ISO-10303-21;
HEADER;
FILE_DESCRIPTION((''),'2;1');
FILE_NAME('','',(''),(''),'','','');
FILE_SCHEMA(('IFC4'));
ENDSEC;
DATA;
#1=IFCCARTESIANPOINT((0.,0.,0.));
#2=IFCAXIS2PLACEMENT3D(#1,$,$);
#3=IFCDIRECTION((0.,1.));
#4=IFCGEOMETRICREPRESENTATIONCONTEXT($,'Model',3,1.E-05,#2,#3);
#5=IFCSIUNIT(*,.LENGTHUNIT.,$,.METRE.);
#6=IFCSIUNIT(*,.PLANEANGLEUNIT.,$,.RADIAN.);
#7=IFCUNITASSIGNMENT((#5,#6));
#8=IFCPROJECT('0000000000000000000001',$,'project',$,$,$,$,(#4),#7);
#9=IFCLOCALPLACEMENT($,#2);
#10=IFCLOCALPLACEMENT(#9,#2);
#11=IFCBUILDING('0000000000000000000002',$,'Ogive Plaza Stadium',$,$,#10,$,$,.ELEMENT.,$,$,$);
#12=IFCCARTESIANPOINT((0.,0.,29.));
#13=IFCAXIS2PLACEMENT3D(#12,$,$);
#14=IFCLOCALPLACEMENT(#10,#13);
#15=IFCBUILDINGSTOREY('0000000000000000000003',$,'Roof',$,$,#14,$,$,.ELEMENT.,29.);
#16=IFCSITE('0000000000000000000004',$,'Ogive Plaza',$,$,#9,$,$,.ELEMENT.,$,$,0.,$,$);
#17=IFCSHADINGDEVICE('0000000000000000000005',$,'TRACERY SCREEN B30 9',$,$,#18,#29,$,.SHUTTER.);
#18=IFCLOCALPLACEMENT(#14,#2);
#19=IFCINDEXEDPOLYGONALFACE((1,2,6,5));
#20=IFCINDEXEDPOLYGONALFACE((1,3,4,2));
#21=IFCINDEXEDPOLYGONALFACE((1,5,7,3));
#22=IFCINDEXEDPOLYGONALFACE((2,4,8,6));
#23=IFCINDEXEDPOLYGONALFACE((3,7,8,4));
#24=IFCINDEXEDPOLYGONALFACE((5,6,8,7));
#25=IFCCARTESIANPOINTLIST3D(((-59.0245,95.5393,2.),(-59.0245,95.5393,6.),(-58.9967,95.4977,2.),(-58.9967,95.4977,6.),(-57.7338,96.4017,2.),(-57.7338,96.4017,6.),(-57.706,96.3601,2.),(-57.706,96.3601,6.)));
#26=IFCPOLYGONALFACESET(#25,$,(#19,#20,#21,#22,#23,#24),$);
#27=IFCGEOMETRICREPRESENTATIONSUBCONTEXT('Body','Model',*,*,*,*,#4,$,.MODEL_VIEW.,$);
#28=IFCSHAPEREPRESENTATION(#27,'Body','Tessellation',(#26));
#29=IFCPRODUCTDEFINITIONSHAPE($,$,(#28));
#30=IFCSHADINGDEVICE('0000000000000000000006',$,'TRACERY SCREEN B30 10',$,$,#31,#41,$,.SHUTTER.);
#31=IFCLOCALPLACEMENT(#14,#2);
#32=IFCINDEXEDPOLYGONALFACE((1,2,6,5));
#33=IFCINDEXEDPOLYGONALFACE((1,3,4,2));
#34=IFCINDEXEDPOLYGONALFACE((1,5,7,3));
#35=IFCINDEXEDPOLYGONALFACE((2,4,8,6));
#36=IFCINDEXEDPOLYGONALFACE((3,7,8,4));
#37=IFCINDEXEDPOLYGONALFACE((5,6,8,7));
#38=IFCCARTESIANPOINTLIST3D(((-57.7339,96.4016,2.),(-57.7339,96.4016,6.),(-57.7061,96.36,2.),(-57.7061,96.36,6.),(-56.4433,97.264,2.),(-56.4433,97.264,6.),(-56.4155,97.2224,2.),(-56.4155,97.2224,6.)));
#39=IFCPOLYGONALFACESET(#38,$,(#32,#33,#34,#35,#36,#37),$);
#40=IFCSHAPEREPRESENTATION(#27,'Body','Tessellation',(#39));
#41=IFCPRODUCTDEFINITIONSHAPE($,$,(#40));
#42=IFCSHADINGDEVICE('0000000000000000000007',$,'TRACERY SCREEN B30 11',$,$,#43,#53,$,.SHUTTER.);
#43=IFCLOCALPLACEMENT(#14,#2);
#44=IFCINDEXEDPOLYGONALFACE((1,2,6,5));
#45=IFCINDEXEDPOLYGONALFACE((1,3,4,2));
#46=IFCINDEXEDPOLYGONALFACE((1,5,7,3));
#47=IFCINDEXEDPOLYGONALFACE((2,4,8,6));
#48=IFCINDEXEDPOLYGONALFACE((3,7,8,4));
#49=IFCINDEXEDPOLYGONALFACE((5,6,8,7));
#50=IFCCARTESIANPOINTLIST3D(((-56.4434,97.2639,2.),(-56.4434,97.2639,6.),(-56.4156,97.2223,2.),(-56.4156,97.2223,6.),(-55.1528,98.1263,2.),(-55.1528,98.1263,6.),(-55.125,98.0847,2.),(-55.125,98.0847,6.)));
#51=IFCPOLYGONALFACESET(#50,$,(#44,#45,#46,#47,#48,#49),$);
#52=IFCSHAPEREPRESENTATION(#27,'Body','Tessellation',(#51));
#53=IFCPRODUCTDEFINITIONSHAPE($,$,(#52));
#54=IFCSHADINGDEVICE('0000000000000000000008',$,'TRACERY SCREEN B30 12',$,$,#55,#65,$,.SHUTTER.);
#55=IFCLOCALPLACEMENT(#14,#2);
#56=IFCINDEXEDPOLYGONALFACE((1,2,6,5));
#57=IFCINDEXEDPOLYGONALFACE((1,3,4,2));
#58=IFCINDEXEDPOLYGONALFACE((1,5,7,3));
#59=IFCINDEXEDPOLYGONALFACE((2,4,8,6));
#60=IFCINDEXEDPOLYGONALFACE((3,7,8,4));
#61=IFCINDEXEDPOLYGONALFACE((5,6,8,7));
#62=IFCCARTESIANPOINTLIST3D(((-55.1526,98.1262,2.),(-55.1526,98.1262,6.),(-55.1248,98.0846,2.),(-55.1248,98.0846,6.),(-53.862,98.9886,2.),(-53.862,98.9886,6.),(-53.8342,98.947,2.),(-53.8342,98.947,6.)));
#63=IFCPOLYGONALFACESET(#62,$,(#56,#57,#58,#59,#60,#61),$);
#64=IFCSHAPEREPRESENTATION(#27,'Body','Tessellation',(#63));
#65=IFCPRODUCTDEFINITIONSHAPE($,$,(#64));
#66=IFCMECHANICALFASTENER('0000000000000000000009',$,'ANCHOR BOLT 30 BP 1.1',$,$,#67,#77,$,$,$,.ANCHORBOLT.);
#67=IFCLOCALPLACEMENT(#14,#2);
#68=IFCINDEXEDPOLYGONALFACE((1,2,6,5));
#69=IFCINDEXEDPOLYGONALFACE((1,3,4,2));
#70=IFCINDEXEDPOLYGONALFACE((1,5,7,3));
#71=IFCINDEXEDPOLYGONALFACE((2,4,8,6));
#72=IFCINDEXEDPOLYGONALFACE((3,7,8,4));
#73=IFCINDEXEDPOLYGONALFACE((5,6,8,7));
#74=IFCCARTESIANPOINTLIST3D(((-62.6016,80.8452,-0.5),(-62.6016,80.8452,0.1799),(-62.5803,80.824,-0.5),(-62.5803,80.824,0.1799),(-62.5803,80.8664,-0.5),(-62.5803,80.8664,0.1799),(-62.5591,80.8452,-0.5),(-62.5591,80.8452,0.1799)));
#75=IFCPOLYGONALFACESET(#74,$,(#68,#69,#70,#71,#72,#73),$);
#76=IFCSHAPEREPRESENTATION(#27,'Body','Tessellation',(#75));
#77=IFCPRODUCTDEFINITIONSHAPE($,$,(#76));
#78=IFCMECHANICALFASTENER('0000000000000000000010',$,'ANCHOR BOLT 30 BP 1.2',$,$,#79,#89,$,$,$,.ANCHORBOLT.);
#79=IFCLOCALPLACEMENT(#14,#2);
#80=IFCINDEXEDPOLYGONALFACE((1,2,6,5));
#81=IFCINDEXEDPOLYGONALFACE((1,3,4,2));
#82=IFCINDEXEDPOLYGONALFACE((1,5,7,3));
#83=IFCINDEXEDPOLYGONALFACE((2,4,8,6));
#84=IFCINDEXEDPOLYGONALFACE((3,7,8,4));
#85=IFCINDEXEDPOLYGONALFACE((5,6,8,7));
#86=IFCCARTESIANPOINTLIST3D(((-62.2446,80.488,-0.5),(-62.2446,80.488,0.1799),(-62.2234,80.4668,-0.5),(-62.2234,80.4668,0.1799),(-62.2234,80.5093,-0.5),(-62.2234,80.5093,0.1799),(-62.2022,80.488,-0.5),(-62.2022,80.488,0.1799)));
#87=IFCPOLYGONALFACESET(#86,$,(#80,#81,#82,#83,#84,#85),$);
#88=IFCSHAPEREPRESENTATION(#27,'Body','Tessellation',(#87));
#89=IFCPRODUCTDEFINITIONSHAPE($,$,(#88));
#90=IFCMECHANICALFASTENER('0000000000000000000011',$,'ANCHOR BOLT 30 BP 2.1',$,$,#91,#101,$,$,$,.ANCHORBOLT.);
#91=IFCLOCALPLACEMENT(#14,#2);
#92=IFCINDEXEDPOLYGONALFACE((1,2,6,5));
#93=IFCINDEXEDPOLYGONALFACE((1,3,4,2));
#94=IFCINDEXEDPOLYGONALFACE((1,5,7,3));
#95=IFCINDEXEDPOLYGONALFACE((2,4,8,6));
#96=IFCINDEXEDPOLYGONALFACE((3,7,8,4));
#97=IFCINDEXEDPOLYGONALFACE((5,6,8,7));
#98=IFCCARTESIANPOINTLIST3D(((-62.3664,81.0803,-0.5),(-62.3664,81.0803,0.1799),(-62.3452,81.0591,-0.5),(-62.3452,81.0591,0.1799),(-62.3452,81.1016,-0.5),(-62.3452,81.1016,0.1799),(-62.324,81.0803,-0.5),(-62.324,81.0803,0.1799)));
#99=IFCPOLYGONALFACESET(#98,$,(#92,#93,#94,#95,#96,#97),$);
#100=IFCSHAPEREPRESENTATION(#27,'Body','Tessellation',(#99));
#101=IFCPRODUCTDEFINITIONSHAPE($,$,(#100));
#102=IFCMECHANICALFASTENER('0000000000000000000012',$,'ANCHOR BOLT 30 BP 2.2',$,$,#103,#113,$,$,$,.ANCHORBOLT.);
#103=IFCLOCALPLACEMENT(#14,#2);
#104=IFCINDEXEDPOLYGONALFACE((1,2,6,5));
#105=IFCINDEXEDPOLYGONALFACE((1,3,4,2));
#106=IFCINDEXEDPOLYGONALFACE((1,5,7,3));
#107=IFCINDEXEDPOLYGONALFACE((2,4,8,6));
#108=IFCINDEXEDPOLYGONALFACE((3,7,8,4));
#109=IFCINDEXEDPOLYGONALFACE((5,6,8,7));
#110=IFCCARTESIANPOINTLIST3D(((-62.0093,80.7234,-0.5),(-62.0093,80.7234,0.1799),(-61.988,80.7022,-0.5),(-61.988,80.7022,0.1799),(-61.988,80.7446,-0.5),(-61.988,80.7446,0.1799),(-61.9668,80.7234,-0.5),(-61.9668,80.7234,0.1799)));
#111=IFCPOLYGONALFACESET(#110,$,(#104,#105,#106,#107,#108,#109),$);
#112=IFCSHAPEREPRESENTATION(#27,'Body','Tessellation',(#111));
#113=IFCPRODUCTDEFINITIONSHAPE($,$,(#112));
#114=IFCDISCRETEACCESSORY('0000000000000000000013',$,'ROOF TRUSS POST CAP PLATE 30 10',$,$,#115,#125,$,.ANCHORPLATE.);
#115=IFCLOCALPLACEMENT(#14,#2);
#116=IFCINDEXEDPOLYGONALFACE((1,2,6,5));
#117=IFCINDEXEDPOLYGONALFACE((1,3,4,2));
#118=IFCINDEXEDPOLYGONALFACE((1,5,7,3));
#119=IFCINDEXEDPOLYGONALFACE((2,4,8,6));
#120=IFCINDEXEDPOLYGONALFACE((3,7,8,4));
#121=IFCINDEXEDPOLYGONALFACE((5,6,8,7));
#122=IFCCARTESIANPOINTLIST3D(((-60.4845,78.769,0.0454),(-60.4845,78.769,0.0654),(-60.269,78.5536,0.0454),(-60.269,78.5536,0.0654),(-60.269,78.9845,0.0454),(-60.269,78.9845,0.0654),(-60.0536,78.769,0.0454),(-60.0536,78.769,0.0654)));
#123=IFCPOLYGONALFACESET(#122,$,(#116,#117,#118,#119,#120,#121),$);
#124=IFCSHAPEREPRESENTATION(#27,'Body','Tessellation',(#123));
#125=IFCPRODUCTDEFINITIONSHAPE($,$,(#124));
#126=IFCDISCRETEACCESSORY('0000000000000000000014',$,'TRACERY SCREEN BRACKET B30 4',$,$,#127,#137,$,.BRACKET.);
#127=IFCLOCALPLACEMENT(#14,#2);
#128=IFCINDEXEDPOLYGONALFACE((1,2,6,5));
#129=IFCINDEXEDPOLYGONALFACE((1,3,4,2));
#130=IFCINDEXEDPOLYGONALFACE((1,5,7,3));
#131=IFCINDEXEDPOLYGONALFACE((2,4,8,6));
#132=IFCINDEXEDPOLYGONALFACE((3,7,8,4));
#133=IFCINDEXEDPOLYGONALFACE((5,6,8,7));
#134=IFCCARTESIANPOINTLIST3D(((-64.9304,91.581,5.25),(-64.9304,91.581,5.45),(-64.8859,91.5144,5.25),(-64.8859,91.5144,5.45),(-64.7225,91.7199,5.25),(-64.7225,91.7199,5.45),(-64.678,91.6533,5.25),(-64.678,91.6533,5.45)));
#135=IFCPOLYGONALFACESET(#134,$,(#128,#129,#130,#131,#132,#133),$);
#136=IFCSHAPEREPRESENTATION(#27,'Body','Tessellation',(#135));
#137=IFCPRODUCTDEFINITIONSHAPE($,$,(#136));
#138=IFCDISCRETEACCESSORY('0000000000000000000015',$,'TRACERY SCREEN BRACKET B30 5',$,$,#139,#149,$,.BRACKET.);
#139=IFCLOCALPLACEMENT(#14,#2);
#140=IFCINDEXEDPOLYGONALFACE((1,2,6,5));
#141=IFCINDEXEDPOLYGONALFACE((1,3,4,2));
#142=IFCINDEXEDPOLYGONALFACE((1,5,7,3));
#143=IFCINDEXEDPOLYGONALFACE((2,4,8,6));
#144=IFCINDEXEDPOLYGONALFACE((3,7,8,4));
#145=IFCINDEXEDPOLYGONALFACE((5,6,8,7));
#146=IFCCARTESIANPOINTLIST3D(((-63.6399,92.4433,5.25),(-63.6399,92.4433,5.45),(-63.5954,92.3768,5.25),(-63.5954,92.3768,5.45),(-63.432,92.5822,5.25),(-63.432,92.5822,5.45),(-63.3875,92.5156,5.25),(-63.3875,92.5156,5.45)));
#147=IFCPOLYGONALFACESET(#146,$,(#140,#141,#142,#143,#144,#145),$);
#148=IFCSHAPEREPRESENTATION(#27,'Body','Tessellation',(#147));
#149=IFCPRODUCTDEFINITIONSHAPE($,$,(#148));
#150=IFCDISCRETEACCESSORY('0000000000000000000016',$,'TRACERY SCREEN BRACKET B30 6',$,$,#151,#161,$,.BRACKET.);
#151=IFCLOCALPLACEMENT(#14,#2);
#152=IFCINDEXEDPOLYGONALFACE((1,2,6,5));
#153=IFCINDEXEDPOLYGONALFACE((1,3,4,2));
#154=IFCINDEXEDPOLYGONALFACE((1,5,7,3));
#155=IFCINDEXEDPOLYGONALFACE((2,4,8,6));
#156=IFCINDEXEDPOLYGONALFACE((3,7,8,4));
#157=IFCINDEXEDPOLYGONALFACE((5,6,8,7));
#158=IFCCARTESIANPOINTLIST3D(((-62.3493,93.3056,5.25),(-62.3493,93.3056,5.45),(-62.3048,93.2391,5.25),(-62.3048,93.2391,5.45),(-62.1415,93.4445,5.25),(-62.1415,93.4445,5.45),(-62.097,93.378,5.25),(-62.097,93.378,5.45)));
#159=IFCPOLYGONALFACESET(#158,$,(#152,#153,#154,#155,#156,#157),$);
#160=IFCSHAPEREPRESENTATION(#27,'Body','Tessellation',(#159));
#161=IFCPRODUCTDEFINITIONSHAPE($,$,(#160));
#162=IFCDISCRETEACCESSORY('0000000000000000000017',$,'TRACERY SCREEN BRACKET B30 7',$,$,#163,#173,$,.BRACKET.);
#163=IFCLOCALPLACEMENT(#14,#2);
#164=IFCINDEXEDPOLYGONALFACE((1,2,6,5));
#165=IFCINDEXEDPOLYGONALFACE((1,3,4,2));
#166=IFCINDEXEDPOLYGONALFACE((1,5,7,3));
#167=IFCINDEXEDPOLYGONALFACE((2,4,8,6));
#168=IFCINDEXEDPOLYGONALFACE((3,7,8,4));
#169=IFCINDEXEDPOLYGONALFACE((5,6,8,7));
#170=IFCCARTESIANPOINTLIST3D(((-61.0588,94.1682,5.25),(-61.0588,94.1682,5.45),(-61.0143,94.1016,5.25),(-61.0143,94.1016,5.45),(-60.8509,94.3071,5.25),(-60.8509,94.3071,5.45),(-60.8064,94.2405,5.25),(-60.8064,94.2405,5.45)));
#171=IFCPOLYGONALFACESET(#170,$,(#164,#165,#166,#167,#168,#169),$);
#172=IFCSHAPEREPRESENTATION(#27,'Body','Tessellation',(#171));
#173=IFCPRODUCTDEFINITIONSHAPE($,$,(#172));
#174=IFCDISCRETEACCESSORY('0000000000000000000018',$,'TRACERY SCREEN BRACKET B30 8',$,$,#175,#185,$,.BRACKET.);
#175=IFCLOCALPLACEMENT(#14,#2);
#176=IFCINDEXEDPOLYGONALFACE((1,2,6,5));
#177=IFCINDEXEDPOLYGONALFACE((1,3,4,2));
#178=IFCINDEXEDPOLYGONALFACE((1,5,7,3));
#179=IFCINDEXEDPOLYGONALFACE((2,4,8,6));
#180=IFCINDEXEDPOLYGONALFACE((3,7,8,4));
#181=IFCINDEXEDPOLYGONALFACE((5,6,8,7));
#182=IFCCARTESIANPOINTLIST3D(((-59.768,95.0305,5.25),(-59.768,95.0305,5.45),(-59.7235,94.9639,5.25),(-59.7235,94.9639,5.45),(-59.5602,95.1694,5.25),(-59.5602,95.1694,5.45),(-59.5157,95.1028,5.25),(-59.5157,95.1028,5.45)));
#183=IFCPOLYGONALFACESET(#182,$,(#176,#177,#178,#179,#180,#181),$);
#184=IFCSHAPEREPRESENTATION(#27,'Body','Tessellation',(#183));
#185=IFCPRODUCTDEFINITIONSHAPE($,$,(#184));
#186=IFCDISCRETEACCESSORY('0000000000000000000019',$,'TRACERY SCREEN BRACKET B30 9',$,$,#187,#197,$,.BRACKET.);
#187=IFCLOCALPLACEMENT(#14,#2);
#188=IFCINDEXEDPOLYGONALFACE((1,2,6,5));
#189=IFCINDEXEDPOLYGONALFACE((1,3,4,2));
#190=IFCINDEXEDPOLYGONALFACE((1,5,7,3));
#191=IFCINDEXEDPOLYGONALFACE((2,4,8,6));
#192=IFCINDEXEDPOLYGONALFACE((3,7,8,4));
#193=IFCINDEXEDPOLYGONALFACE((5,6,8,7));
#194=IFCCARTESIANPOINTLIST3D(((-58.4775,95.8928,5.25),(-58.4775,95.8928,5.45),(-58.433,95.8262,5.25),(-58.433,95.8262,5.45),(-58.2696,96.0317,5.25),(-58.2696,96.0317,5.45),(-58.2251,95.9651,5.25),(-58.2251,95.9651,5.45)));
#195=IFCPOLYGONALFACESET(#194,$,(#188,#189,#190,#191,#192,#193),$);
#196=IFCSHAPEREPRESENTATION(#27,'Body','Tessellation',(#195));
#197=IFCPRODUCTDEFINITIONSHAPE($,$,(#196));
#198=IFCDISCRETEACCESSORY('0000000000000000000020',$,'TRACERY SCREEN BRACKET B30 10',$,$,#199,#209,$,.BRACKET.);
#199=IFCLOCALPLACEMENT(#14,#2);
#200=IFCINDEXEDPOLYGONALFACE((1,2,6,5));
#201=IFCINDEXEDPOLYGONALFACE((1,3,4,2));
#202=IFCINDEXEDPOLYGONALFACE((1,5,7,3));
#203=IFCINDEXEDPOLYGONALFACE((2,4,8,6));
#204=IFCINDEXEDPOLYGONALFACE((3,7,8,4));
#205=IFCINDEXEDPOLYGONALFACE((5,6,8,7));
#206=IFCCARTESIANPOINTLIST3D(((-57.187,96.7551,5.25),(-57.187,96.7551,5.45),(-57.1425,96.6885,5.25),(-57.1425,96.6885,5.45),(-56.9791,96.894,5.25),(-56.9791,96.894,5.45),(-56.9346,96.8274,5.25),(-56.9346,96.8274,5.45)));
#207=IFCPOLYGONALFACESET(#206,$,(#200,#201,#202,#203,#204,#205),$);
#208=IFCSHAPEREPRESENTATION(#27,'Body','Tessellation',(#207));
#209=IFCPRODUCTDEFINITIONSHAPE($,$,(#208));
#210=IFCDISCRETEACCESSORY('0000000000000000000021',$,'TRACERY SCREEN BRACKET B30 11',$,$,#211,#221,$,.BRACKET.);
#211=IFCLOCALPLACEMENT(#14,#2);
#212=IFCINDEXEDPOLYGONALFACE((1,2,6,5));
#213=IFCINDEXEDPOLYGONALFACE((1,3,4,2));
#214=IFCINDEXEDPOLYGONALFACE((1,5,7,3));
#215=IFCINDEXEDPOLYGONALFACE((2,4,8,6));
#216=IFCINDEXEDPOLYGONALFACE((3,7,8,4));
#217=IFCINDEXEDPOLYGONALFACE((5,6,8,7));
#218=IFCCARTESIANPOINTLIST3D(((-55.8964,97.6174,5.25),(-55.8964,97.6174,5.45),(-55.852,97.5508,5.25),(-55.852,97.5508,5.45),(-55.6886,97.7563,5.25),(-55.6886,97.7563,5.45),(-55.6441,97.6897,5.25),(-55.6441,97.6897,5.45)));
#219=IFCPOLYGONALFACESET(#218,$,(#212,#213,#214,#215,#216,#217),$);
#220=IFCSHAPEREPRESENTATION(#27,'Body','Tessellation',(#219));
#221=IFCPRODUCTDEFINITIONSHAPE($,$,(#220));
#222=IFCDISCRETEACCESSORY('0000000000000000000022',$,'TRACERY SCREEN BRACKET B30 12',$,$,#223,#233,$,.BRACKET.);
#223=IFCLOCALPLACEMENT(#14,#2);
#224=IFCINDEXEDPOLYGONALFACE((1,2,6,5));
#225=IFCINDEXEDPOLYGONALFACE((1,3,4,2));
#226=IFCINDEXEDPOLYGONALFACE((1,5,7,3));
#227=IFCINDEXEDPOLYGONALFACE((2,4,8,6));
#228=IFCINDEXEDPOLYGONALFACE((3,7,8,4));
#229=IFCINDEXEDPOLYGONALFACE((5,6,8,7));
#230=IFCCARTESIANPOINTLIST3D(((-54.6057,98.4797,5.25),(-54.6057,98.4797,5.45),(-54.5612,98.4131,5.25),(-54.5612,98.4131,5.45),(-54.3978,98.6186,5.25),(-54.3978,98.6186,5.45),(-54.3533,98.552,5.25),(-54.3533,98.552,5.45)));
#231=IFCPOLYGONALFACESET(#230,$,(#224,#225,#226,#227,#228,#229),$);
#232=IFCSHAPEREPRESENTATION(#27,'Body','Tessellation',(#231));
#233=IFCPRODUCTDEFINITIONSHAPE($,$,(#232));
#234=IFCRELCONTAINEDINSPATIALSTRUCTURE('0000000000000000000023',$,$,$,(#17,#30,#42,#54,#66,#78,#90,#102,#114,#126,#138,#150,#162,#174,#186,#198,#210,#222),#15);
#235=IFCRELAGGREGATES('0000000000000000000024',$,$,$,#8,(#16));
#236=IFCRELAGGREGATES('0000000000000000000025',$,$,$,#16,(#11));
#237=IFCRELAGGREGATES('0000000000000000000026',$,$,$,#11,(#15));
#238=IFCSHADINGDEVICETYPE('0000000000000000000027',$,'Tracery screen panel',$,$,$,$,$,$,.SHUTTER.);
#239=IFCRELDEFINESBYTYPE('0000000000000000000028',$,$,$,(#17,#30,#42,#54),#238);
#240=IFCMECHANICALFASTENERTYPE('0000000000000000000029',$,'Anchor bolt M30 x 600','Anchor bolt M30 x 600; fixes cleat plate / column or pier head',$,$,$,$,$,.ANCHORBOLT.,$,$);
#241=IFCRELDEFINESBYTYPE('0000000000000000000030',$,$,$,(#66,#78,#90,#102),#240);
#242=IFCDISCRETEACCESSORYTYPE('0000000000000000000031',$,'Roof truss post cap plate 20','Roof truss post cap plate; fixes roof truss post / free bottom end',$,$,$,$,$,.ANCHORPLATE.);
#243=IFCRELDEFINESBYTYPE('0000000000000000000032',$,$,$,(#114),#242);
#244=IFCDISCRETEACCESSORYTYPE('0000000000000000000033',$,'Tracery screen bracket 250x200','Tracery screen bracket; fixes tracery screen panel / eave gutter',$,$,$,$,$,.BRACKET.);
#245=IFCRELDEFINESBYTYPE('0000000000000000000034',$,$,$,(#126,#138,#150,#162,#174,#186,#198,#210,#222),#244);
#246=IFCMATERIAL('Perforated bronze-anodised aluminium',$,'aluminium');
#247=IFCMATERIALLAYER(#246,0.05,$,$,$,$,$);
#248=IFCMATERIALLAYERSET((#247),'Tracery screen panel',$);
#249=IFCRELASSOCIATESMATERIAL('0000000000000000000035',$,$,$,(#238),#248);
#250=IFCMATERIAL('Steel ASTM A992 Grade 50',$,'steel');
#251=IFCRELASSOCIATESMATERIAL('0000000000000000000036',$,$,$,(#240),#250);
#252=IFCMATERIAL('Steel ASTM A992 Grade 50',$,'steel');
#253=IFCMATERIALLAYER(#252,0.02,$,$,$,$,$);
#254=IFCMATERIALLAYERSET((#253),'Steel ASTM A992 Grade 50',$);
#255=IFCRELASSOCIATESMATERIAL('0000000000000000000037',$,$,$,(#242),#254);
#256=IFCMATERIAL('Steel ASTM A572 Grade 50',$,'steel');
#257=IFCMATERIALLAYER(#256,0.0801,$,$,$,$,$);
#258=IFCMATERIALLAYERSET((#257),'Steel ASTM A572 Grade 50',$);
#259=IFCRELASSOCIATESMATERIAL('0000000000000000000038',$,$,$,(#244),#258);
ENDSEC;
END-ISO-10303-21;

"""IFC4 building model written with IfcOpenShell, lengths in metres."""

from ifc_helpers import new_model, si_unit, direction, frame, origin, origin_2d, place, context, subcontext, project, spatial, rectangle, extrude, material, layer, layer_set, type_object, element, save


model = new_model("IFC4")

# Units and contexts
model_context = context("Model", 3, precision=1e-05, world=origin(), true_north=direction((0.0, 1.0)))
body_context = subcontext(model_context, "Body", "Model", "MODEL_VIEW")
ifc_project = project(units=[si_unit("LENGTHUNIT", "METRE"), si_unit("PLANEANGLEUNIT", "RADIAN")], contexts=[model_context])

# Site, building, storey
site_placement = place(None, origin())
site = spatial("IfcSite", under=ifc_project, at=site_placement, Name="Ogive Plaza", CompositionType="ELEMENT", RefElevation=0.0)
building_placement = place(site_placement, origin())
building = spatial("IfcBuilding", under=site, at=building_placement, Name="Ogive Plaza Stadium", CompositionType="ELEMENT")
storey_placement = place(building_placement, frame((0.0, 0.0, 29.0)))
storey = spatial("IfcBuildingStorey", under=building, at=storey_placement, Name="Roof", CompositionType="ELEMENT", Elevation=29.0)

# Shading devices
ifc_material_1 = material(Name="Perforated bronze-anodised aluminium", Category="aluminium")
ifc_layer_1 = layer(ifc_material_1, 0.05)
ifc_layer_set_1 = layer_set([ifc_layer_1], Name="Tracery screen panel")
shading_device_type = type_object("IfcShadingDeviceType", Name="Tracery screen panel", PredefinedType="SHUTTER", material=ifc_layer_set_1)
for number, where, z_axis, x_axis, name in (
    (1, (-58.3652, 95.9497, 2.0), (0.0, 0.0, 1.0), (0.83147, 0.55557, 0.0), "TRACERY SCREEN B30 9"),
    (2, (-57.0747, 96.812, 2.0), (0.0, 0.0, 1.0), (0.83147, 0.55557, 0.0), "TRACERY SCREEN B30 10"),
    (3, (-55.7842, 97.6743, 2.0), (0.0, 0.0, 1.0), (0.83147, 0.55557, 0.0), "TRACERY SCREEN B30 11"),
    (4, (-54.4934, 98.5366, 2.0), (0.0, 0.0, 1.0), (0.83147, 0.55557, 0.0), "TRACERY SCREEN B30 12"),
):
    element("IfcShadingDevice", number, at=place(storey_placement, frame(where, z_axis=z_axis, x_axis=x_axis)), inside=storey, type_object=shading_device_type, Name=name, PredefinedType="SHUTTER", context=body_context, shape_type="SweptSolid", body=[
        extrude(rectangle(XDim=1.5522, YDim=0.05, at=origin_2d()), origin(), (0.0, 0.0, 1.0), 4.0),
    ])

# Mechanical fasteners
ifc_material_2 = material(Name="Steel ASTM A992 Grade 50", Category="steel")
mechanical_fastener_type = type_object("IfcMechanicalFastenerType", Name="Anchor bolt M30 x 600", Description="Anchor bolt M30 x 600; fixes cleat plate / column or pier head", PredefinedType="ANCHORBOLT", material=ifc_material_2)
for number, where, z_axis, x_axis, name in (
    (5, (-62.5803, 80.8452, -0.5), (0.0, 0.0, 1.0), (-0.707107, 0.707107, 0.0), "ANCHOR BOLT 30 BP 1.1"),
    (6, (-62.2234, 80.488, -0.5), (0.0, 0.0, 1.0), (-0.707107, 0.707107, 0.0), "ANCHOR BOLT 30 BP 1.2"),
    (7, (-62.3452, 81.0803, -0.5), (0.0, 0.0, 1.0), (-0.707107, 0.707107, 0.0), "ANCHOR BOLT 30 BP 2.1"),
    (8, (-61.988, 80.7234, -0.5), (0.0, 0.0, 1.0), (-0.707107, 0.707107, 0.0), "ANCHOR BOLT 30 BP 2.2"),
):
    element("IfcMechanicalFastener", number, at=place(storey_placement, frame(where, z_axis=z_axis, x_axis=x_axis)), inside=storey, type_object=mechanical_fastener_type, Name=name, PredefinedType="ANCHORBOLT", context=body_context, shape_type="SweptSolid", body=[
        extrude(rectangle(XDim=0.03, YDim=0.03, at=origin_2d()), origin(), (0.0, 0.0, 1.0), 0.6799),
    ])

# Discrete accessories
ifc_material_3 = material(Name="Steel ASTM A992 Grade 50", Category="steel")
ifc_layer_2 = layer(ifc_material_3, 0.02)
ifc_layer_set_2 = layer_set([ifc_layer_2], Name="Steel ASTM A992 Grade 50")
discrete_accessory_type_1 = type_object("IfcDiscreteAccessoryType", Name="Roof truss post cap plate 20", Description="Roof truss post cap plate; fixes roof truss post / free bottom end", PredefinedType="ANCHORPLATE", material=ifc_layer_set_2)
discrete_accessory_placement = place(storey_placement, frame((-60.269, 78.769, 0.0454), z_axis=(0.0, 0.0, 1.0), x_axis=(-0.707107, 0.707107, 0.0)))
element("IfcDiscreteAccessory", 9, at=discrete_accessory_placement, inside=storey, type_object=discrete_accessory_type_1, Name="ROOF TRUSS POST CAP PLATE 30 10", PredefinedType="ANCHORPLATE", context=body_context, shape_type="SweptSolid", body=[
    extrude(rectangle(XDim=0.3047, YDim=0.3047, at=origin_2d()), origin(), (0.0, 0.0, 1.0), 0.02),
])
ifc_material_4 = material(Name="Steel ASTM A572 Grade 50", Category="steel")
ifc_layer_3 = layer(ifc_material_4, 0.0801)
ifc_layer_set_3 = layer_set([ifc_layer_3], Name="Steel ASTM A572 Grade 50")
discrete_accessory_type_2 = type_object("IfcDiscreteAccessoryType", Name="Tracery screen bracket 250x200", Description="Tracery screen bracket; fixes tracery screen panel / eave gutter", PredefinedType="BRACKET", material=ifc_layer_set_3)
for number, where, z_axis, x_axis, name in (
    (10, (-64.8042, 91.6172, 5.25), (0.0, 0.0, 1.0), (0.83147, 0.55557, 0.0), "TRACERY SCREEN BRACKET B30 4"),
    (11, (-63.5137, 92.4795, 5.25), (0.0, 0.0, 1.0), (0.83147, 0.55557, 0.0), "TRACERY SCREEN BRACKET B30 5"),
    (12, (-62.2231, 93.3418, 5.25), (0.0, 0.0, 1.0), (0.83147, 0.55557, 0.0), "TRACERY SCREEN BRACKET B30 6"),
    (13, (-60.9326, 94.2043, 5.25), (0.0, 0.0, 1.0), (0.83147, 0.55557, 0.0), "TRACERY SCREEN BRACKET B30 7"),
    (14, (-59.6418, 95.0667, 5.25), (0.0, 0.0, 1.0), (0.83147, 0.55557, 0.0), "TRACERY SCREEN BRACKET B30 8"),
    (15, (-58.3513, 95.929, 5.25), (0.0, 0.0, 1.0), (0.83147, 0.55557, 0.0), "TRACERY SCREEN BRACKET B30 9"),
    (16, (-57.0608, 96.7913, 5.25), (0.0, 0.0, 1.0), (0.83147, 0.55557, 0.0), "TRACERY SCREEN BRACKET B30 10"),
    (17, (-55.7703, 97.6536, 5.25), (0.0, 0.0, 1.0), (0.83147, 0.55557, 0.0), "TRACERY SCREEN BRACKET B30 11"),
    (18, (-54.4795, 98.5159, 5.25), (0.0, 0.0, 1.0), (0.83147, 0.55557, 0.0), "TRACERY SCREEN BRACKET B30 12"),
):
    element("IfcDiscreteAccessory", number, at=place(storey_placement, frame(where, z_axis=z_axis, x_axis=x_axis)), inside=storey, type_object=discrete_accessory_type_2, Name=name, PredefinedType="BRACKET", context=body_context, shape_type="SweptSolid", body=[
        extrude(rectangle(XDim=0.25, YDim=0.0801, at=origin_2d()), origin(), (0.0, 0.0, 1.0), 0.2),
    ])

save(model, "model.ifc")
